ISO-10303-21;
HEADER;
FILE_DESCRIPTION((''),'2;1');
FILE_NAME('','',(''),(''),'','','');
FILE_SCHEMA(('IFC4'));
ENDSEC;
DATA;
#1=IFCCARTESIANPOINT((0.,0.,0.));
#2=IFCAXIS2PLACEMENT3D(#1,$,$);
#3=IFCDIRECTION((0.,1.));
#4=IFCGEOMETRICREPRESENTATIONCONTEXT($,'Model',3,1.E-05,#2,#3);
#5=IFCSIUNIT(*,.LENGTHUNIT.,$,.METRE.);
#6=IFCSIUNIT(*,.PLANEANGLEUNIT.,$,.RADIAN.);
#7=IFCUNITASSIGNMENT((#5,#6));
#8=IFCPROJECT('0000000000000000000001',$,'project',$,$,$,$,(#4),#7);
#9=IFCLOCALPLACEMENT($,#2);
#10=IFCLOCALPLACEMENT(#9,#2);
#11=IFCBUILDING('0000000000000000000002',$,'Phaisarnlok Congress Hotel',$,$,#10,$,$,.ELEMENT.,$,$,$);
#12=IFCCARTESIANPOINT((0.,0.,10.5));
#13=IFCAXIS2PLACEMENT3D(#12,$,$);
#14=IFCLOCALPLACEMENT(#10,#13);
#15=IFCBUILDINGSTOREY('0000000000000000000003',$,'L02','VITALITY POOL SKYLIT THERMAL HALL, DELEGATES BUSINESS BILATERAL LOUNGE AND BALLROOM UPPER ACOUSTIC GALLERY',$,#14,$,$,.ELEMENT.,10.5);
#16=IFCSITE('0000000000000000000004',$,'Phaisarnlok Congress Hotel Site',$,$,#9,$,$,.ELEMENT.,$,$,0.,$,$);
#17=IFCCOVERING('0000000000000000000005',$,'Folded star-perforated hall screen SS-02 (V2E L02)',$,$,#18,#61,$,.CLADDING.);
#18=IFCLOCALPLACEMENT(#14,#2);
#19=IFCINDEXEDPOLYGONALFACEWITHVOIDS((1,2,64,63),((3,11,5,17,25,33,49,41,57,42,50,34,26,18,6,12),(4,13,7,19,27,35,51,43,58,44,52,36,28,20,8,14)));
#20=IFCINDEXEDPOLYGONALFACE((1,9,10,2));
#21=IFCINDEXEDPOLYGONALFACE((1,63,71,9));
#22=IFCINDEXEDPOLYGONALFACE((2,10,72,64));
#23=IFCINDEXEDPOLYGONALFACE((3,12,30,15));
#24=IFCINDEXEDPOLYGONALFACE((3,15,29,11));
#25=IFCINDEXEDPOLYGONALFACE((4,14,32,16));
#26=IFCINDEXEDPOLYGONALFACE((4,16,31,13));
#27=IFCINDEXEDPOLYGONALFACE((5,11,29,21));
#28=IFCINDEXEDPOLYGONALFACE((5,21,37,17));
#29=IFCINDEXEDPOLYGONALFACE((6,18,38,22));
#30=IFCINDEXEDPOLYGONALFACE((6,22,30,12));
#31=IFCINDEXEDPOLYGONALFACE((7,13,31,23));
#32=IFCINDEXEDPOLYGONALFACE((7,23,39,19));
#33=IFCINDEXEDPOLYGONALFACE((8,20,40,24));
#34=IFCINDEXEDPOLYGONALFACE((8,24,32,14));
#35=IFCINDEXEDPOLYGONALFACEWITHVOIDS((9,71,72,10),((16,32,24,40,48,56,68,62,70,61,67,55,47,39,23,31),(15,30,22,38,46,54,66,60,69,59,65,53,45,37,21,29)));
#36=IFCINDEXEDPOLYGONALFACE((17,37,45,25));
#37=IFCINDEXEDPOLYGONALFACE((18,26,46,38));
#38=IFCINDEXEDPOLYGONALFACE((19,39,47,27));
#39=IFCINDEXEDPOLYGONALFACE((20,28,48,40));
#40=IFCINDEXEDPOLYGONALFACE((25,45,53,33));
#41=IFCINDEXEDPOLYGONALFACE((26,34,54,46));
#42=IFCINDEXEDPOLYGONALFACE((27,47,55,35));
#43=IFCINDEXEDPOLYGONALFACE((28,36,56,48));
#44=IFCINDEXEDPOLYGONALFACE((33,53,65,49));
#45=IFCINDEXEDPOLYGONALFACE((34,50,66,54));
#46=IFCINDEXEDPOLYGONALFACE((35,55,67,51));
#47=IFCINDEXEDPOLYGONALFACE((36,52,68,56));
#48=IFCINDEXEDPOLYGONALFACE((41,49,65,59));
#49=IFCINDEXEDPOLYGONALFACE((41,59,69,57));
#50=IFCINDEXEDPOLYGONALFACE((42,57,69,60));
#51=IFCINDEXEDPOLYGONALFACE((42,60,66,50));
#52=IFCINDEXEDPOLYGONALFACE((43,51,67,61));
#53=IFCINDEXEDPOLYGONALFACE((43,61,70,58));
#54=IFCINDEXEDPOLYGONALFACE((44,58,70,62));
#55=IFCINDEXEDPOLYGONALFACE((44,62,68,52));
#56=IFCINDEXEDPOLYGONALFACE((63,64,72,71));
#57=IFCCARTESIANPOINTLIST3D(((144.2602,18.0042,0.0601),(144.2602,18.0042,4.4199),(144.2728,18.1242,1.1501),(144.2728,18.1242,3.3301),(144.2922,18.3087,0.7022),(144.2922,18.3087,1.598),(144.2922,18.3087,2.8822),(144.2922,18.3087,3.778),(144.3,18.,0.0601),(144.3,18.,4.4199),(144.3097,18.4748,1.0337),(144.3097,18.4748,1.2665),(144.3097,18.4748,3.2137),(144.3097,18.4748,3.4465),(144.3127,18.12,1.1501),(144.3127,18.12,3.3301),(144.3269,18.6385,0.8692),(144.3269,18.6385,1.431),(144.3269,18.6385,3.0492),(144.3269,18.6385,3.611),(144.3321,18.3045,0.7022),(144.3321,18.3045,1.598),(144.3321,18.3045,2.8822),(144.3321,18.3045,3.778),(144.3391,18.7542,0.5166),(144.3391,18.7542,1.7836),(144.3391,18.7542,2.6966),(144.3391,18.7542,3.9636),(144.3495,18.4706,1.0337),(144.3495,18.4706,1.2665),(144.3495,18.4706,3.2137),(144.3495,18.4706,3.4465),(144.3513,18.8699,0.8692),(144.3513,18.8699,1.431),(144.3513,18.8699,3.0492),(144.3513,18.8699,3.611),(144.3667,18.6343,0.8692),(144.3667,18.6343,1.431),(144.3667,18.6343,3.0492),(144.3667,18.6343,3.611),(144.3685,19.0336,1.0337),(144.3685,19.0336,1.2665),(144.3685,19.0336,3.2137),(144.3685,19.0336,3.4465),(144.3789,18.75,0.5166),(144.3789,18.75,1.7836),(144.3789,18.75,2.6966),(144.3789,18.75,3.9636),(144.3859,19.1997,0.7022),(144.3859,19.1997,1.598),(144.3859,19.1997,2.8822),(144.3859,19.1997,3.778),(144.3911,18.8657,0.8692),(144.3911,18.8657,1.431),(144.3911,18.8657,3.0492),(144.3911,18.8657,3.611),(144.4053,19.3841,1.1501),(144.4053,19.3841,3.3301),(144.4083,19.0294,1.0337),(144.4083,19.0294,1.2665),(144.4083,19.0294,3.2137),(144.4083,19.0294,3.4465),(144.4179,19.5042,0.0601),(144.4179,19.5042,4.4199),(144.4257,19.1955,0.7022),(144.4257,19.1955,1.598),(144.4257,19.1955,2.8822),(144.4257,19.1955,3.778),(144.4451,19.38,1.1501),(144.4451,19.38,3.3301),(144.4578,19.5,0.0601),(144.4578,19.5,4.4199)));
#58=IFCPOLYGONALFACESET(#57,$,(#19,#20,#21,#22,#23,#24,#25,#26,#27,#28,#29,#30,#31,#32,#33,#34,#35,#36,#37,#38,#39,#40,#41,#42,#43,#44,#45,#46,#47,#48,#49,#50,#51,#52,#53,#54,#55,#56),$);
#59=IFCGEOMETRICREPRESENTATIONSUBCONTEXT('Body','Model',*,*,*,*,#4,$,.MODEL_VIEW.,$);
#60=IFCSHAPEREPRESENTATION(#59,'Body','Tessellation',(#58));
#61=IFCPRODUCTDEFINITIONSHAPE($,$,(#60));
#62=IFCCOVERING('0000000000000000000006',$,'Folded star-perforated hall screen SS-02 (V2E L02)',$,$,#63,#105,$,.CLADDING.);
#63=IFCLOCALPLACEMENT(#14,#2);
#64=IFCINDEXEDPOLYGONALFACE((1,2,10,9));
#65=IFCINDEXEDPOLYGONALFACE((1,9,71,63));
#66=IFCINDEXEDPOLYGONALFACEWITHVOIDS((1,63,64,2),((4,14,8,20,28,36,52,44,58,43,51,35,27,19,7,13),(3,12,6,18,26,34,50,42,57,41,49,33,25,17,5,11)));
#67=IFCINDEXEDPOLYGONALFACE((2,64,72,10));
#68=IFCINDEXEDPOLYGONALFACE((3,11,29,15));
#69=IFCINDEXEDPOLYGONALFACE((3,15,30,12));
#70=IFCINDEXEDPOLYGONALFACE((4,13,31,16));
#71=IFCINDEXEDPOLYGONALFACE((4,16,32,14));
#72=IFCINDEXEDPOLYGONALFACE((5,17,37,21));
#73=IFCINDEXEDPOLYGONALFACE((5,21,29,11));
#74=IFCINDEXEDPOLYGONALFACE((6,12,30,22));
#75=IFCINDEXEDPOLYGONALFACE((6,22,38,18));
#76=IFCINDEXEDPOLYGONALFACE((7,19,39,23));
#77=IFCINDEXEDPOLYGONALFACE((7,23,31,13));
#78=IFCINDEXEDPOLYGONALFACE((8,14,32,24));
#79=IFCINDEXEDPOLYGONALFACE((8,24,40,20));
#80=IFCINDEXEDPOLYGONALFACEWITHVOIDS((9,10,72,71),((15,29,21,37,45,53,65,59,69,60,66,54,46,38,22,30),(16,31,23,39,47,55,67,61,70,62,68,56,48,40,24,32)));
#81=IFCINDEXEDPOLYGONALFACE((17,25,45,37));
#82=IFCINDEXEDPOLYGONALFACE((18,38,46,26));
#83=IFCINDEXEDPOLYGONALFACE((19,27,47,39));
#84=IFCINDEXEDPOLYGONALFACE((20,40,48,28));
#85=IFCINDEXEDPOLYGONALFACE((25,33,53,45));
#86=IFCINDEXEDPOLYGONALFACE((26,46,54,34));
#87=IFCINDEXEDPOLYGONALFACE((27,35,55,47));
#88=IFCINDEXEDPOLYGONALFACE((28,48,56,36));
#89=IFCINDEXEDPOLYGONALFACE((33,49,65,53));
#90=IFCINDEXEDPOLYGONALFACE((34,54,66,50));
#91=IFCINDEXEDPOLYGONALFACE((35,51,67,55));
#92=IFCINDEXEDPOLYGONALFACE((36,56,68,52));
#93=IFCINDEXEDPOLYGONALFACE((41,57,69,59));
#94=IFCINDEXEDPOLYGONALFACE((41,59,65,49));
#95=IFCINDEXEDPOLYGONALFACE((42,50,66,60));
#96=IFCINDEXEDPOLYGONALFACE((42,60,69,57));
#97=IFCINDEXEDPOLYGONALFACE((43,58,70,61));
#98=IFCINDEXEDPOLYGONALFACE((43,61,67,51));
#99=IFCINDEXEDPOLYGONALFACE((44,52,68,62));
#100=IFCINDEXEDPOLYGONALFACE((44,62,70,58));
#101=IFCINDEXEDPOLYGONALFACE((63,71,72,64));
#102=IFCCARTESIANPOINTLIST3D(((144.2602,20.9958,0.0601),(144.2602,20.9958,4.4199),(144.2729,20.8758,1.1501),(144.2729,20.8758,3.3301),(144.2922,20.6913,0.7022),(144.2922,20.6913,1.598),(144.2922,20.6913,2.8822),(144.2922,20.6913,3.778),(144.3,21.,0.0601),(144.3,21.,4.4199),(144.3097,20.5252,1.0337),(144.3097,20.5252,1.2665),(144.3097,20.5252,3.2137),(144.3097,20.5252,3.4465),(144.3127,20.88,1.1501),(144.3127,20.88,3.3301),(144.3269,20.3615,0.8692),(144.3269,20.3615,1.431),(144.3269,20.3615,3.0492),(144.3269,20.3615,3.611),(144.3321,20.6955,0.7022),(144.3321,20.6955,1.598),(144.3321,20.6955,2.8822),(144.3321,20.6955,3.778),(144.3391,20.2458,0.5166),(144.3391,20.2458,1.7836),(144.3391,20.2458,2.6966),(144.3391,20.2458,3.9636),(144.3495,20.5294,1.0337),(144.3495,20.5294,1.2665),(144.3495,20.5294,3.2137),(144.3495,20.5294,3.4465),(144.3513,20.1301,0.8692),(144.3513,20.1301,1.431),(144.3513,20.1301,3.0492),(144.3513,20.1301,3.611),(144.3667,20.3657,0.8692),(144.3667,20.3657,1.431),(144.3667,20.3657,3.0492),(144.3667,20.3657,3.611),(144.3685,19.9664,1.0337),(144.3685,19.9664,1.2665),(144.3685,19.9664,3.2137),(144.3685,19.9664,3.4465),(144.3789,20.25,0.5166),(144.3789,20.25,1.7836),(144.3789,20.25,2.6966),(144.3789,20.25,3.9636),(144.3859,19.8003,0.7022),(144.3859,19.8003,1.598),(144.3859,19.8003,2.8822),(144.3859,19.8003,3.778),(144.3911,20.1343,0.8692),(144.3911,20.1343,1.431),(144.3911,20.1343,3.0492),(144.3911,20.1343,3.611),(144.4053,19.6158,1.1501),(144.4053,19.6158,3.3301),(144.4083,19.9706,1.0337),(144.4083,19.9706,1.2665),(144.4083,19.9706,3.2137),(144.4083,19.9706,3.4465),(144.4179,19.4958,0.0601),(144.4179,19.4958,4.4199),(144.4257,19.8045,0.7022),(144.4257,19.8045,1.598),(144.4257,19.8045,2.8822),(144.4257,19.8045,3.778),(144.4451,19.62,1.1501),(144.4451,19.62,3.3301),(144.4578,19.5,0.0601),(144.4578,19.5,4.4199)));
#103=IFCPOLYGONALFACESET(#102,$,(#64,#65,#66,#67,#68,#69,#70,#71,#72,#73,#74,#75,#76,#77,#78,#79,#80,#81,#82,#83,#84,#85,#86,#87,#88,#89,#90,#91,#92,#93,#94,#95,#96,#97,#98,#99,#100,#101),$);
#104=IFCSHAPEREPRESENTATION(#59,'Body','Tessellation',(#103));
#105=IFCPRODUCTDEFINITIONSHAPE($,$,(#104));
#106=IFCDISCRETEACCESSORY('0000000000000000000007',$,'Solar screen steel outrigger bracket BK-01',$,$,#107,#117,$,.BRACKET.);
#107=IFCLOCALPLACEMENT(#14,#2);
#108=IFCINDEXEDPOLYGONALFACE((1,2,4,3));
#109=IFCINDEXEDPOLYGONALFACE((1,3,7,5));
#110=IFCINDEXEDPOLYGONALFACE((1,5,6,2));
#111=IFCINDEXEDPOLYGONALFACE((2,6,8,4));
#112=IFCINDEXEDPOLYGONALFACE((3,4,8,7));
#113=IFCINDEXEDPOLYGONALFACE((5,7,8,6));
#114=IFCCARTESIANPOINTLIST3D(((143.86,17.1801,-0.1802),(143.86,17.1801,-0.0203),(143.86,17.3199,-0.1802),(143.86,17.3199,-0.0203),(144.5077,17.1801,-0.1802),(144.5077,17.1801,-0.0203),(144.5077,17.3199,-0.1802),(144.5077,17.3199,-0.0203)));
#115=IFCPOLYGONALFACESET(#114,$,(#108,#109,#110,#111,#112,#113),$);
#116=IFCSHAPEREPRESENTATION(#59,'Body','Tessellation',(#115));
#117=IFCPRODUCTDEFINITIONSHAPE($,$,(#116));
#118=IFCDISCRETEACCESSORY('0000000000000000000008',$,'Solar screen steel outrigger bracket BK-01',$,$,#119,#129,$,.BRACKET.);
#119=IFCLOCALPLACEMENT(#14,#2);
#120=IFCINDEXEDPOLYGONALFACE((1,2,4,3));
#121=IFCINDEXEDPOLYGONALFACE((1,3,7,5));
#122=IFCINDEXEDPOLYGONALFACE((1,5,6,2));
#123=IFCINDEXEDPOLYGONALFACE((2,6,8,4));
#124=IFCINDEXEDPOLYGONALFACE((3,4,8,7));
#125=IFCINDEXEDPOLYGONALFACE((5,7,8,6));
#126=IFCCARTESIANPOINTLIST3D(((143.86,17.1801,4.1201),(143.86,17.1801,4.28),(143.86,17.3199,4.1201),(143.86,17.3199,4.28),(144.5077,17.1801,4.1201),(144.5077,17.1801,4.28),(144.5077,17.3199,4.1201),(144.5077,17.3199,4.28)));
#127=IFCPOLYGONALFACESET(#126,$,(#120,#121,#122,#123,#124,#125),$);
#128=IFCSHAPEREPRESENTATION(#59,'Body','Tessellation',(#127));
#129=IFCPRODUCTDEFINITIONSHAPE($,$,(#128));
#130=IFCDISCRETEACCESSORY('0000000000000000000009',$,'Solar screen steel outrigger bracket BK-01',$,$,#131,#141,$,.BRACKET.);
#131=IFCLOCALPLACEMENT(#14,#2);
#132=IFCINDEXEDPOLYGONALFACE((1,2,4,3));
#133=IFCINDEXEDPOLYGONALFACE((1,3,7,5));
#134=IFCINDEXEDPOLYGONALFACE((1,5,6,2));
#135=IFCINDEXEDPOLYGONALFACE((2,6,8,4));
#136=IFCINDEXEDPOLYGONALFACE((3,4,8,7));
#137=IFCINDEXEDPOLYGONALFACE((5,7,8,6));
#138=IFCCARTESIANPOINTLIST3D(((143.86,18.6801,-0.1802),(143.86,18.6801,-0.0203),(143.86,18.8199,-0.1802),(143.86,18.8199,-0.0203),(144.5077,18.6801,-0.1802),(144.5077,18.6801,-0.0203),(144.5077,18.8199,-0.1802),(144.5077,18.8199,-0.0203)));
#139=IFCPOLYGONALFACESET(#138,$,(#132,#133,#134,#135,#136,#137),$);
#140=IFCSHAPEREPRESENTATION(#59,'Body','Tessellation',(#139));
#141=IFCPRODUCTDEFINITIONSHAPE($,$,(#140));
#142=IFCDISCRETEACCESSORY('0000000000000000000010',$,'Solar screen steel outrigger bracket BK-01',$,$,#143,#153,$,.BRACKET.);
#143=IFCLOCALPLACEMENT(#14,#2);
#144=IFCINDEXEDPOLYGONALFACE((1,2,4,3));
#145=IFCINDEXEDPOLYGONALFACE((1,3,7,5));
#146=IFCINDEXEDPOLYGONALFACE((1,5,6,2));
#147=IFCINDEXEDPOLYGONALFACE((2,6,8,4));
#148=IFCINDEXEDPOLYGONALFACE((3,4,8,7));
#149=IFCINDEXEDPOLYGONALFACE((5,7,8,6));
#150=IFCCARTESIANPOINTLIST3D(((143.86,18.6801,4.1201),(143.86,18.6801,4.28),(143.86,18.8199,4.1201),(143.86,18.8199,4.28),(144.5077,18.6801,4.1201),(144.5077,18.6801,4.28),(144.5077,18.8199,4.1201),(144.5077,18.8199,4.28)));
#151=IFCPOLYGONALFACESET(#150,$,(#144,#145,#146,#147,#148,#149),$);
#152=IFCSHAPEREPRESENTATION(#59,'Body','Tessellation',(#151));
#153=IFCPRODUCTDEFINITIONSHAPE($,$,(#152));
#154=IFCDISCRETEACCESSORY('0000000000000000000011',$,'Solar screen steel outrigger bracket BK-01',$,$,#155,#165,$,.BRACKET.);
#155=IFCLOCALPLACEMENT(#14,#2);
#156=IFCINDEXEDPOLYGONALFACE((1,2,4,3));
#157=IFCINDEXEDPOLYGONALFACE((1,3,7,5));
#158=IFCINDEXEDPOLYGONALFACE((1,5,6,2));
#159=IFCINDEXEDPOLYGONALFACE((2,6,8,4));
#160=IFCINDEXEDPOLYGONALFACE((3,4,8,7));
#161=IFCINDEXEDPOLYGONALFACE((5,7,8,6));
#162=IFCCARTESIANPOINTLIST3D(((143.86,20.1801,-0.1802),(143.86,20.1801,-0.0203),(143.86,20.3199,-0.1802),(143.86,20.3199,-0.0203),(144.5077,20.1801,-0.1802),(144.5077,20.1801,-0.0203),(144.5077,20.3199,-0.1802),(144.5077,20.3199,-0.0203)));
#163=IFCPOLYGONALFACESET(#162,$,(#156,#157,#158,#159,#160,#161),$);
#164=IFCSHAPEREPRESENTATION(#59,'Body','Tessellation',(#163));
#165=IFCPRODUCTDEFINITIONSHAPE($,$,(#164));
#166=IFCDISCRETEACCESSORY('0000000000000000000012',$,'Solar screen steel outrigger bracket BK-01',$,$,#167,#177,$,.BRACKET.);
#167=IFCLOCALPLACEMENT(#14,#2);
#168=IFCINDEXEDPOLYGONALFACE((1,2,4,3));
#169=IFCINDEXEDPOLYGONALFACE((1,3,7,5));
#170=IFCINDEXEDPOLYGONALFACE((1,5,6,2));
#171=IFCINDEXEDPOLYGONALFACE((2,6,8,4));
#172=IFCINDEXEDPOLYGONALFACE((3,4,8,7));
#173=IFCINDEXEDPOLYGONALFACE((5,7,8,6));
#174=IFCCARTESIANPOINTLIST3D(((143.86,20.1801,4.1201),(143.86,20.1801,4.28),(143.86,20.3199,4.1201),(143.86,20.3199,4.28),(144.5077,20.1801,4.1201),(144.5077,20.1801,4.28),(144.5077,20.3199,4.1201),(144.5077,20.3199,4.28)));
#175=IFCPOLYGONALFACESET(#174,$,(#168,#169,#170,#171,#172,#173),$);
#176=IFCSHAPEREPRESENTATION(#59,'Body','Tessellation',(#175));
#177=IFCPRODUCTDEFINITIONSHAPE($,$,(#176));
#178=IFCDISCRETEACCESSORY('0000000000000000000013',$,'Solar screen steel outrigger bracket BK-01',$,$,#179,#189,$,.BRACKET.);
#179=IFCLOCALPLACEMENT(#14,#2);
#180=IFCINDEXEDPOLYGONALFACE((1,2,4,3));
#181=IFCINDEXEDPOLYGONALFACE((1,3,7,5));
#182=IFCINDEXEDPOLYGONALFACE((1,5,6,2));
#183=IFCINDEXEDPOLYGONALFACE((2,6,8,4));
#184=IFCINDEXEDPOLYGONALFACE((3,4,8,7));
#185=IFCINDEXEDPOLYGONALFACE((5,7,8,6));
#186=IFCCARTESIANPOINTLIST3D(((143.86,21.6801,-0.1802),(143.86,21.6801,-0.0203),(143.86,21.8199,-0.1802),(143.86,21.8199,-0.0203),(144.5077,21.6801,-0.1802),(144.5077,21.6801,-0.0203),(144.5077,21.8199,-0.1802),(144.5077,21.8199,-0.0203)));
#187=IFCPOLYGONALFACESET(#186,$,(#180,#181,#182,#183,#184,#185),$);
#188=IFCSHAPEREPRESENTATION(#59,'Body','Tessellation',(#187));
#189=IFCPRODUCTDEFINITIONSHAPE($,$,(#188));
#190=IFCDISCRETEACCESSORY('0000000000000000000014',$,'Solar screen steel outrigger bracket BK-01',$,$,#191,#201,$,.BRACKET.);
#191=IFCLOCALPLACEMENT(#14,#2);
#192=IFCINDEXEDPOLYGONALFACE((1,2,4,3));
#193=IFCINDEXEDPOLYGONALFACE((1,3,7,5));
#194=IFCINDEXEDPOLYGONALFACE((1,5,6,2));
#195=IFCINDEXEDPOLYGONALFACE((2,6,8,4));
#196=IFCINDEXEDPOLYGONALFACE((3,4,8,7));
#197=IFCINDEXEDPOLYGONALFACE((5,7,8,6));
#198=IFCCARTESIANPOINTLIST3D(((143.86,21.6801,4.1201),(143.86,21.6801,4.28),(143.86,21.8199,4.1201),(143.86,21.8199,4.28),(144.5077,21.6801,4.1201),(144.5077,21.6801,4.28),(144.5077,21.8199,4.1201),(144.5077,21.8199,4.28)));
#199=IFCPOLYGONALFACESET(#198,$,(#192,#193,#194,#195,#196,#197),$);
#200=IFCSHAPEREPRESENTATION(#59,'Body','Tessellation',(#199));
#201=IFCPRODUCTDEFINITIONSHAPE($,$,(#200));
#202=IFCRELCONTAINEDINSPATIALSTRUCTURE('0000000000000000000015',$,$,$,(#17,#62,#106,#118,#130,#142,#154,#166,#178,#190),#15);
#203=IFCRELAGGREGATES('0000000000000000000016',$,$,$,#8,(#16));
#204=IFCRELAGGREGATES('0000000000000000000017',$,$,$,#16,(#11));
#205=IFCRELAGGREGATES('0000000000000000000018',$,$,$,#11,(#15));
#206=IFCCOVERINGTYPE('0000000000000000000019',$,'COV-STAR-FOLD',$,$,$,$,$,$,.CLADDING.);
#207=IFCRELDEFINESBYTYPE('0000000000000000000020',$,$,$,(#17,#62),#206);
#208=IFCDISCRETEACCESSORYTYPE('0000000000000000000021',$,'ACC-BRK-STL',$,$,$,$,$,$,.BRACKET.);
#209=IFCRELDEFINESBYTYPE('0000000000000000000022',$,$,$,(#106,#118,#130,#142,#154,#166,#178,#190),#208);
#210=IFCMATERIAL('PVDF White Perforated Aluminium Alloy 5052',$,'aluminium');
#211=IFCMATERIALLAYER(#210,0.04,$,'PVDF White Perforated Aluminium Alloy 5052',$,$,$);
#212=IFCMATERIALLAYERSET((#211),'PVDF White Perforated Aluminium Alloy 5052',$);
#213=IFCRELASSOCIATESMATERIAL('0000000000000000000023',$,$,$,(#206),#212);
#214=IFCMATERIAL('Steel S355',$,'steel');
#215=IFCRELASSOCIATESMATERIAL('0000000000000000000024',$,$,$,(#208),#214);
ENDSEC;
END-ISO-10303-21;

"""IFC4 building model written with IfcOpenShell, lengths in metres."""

from ifc_helpers import new_model, si_unit, direction, frame, origin, origin_2d, place, context, subcontext, project, spatial, polyline, rectangle, outline, extrude, material, layer, layer_set, type_object, element, save


model = new_model("IFC4")

# Units and contexts
model_context = context("Model", 3, precision=1e-05, world=origin(), true_north=direction((0.0, 1.0)))
body_context = subcontext(model_context, "Body", "Model", "MODEL_VIEW")
ifc_project = project(units=[si_unit("LENGTHUNIT", "METRE"), si_unit("PLANEANGLEUNIT", "RADIAN")], contexts=[model_context])

# Site, building, storey
site_placement = place(None, origin())
site = spatial("IfcSite", under=ifc_project, at=site_placement, Name="Phaisarnlok Congress Hotel Site", CompositionType="ELEMENT", RefElevation=0.0)
building_placement = place(site_placement, origin())
building = spatial("IfcBuilding", under=site, at=building_placement, Name="Phaisarnlok Congress Hotel", CompositionType="ELEMENT")
storey_placement = place(building_placement, frame((0.0, 0.0, 10.5)))
storey = spatial("IfcBuildingStorey", under=building, at=storey_placement, Name="L02", Description="VITALITY POOL SKYLIT THERMAL HALL, DELEGATES BUSINESS BILATERAL LOUNGE AND BALLROOM UPPER ACOUSTIC GALLERY", CompositionType="ELEMENT", Elevation=10.5)

# Coverings
ifc_material_1 = material(Name="PVDF White Perforated Aluminium Alloy 5052", Category="aluminium")
ifc_layer = layer(ifc_material_1, 0.04, Name="PVDF White Perforated Aluminium Alloy 5052")
ifc_layer_set = layer_set([ifc_layer], Name="PVDF White Perforated Aluminium Alloy 5052")
covering_type = type_object("IfcCoveringType", Name="COV-STAR-FOLD", PredefinedType="CLADDING", material=ifc_layer_set)
for number, where, z_axis, x_axis, name in (
    (1, (144.4578, 19.5, 0.0601), (-0.994518, 0.104567, 0.0), (-0.104567, -0.994518, 0.0), "Folded star-perforated hall screen SS-02 (V2E L02)"),
    (2, (144.3, 21.0, 0.0601), (-0.994518, -0.104567, 0.0), (0.104567, -0.994518, 0.0), "Folded star-perforated hall screen SS-02 (V2E L02)"),
):
    element("IfcCovering", number, at=place(storey_placement, frame(where, z_axis=z_axis, x_axis=x_axis)), inside=storey, type_object=covering_type, Name=name, PredefinedType="CLADDING", context=body_context, shape_type="SweptSolid", body=[
        extrude(outline(polyline([(0.0, 0.0), (1.5083, 0.0), (1.5083, 4.3599), (0.0, 4.3599), (0.0, 0.0)]), holes=[polyline([(1.0351, 0.9736), (1.2021, 0.6421), (0.8705, 0.8091), (0.7541, 0.4565), (0.6378, 0.8091), (0.3062, 0.6421), (0.4732, 0.9736), (0.1207, 1.09), (0.4732, 1.2064), (0.3062, 1.5379), (0.6378, 1.3709), (0.7541, 1.7235), (0.8705, 1.3709), (1.2021, 1.5379), (1.0351, 1.2064), (1.3876, 1.09), (1.0351, 0.9736)]), polyline([(1.0351, 3.1536), (1.2021, 2.8221), (0.8705, 2.9891), (0.7541, 2.6365), (0.6378, 2.9891), (0.3062, 2.8221), (0.4732, 3.1536), (0.1207, 3.27), (0.4732, 3.3864), (0.3062, 3.7179), (0.6378, 3.5509), (0.7541, 3.9035), (0.8705, 3.5509), (1.2021, 3.7179), (1.0351, 3.3864), (1.3876, 3.27), (1.0351, 3.1536)])]), origin(), (0.0, 0.0, 1.0), 0.04),
    ])

# Discrete accessories
ifc_material_2 = material(Name="Steel S355", Category="steel")
discrete_accessory_type = type_object("IfcDiscreteAccessoryType", Name="ACC-BRK-STL", PredefinedType="BRACKET", material=ifc_material_2)
for number, where, z_axis, x_axis, name in (
    (3, (144.1838, 17.25, -0.1802), (0.0, 0.0, 1.0), (1.0, 0.0, 0.0), "Solar screen steel outrigger bracket BK-01"),
    (4, (144.1838, 17.25, 4.1201), (0.0, 0.0, 1.0), (1.0, 0.0, 0.0), "Solar screen steel outrigger bracket BK-01"),
    (5, (144.1838, 18.75, -0.1802), (0.0, 0.0, 1.0), (1.0, 0.0, 0.0), "Solar screen steel outrigger bracket BK-01"),
    (6, (144.1838, 18.75, 4.1201), (0.0, 0.0, 1.0), (1.0, 0.0, 0.0), "Solar screen steel outrigger bracket BK-01"),
    (7, (144.1838, 20.25, -0.1802), (0.0, 0.0, 1.0), (1.0, 0.0, 0.0), "Solar screen steel outrigger bracket BK-01"),
    (8, (144.1838, 20.25, 4.1201), (0.0, 0.0, 1.0), (1.0, 0.0, 0.0), "Solar screen steel outrigger bracket BK-01"),
    (9, (144.1838, 21.75, -0.1802), (0.0, 0.0, 1.0), (1.0, 0.0, 0.0), "Solar screen steel outrigger bracket BK-01"),
    (10, (144.1838, 21.75, 4.1201), (0.0, 0.0, 1.0), (1.0, 0.0, 0.0), "Solar screen steel outrigger bracket BK-01"),
):
    element("IfcDiscreteAccessory", number, at=place(storey_placement, frame(where, z_axis=z_axis, x_axis=x_axis)), inside=storey, type_object=discrete_accessory_type, Name=name, PredefinedType="BRACKET", context=body_context, shape_type="SweptSolid", body=[
        extrude(rectangle(XDim=0.6477, YDim=0.1399, at=origin_2d()), origin(), (0.0, 0.0, 1.0), 0.1599),
    ])

save(model, "model.ifc")
